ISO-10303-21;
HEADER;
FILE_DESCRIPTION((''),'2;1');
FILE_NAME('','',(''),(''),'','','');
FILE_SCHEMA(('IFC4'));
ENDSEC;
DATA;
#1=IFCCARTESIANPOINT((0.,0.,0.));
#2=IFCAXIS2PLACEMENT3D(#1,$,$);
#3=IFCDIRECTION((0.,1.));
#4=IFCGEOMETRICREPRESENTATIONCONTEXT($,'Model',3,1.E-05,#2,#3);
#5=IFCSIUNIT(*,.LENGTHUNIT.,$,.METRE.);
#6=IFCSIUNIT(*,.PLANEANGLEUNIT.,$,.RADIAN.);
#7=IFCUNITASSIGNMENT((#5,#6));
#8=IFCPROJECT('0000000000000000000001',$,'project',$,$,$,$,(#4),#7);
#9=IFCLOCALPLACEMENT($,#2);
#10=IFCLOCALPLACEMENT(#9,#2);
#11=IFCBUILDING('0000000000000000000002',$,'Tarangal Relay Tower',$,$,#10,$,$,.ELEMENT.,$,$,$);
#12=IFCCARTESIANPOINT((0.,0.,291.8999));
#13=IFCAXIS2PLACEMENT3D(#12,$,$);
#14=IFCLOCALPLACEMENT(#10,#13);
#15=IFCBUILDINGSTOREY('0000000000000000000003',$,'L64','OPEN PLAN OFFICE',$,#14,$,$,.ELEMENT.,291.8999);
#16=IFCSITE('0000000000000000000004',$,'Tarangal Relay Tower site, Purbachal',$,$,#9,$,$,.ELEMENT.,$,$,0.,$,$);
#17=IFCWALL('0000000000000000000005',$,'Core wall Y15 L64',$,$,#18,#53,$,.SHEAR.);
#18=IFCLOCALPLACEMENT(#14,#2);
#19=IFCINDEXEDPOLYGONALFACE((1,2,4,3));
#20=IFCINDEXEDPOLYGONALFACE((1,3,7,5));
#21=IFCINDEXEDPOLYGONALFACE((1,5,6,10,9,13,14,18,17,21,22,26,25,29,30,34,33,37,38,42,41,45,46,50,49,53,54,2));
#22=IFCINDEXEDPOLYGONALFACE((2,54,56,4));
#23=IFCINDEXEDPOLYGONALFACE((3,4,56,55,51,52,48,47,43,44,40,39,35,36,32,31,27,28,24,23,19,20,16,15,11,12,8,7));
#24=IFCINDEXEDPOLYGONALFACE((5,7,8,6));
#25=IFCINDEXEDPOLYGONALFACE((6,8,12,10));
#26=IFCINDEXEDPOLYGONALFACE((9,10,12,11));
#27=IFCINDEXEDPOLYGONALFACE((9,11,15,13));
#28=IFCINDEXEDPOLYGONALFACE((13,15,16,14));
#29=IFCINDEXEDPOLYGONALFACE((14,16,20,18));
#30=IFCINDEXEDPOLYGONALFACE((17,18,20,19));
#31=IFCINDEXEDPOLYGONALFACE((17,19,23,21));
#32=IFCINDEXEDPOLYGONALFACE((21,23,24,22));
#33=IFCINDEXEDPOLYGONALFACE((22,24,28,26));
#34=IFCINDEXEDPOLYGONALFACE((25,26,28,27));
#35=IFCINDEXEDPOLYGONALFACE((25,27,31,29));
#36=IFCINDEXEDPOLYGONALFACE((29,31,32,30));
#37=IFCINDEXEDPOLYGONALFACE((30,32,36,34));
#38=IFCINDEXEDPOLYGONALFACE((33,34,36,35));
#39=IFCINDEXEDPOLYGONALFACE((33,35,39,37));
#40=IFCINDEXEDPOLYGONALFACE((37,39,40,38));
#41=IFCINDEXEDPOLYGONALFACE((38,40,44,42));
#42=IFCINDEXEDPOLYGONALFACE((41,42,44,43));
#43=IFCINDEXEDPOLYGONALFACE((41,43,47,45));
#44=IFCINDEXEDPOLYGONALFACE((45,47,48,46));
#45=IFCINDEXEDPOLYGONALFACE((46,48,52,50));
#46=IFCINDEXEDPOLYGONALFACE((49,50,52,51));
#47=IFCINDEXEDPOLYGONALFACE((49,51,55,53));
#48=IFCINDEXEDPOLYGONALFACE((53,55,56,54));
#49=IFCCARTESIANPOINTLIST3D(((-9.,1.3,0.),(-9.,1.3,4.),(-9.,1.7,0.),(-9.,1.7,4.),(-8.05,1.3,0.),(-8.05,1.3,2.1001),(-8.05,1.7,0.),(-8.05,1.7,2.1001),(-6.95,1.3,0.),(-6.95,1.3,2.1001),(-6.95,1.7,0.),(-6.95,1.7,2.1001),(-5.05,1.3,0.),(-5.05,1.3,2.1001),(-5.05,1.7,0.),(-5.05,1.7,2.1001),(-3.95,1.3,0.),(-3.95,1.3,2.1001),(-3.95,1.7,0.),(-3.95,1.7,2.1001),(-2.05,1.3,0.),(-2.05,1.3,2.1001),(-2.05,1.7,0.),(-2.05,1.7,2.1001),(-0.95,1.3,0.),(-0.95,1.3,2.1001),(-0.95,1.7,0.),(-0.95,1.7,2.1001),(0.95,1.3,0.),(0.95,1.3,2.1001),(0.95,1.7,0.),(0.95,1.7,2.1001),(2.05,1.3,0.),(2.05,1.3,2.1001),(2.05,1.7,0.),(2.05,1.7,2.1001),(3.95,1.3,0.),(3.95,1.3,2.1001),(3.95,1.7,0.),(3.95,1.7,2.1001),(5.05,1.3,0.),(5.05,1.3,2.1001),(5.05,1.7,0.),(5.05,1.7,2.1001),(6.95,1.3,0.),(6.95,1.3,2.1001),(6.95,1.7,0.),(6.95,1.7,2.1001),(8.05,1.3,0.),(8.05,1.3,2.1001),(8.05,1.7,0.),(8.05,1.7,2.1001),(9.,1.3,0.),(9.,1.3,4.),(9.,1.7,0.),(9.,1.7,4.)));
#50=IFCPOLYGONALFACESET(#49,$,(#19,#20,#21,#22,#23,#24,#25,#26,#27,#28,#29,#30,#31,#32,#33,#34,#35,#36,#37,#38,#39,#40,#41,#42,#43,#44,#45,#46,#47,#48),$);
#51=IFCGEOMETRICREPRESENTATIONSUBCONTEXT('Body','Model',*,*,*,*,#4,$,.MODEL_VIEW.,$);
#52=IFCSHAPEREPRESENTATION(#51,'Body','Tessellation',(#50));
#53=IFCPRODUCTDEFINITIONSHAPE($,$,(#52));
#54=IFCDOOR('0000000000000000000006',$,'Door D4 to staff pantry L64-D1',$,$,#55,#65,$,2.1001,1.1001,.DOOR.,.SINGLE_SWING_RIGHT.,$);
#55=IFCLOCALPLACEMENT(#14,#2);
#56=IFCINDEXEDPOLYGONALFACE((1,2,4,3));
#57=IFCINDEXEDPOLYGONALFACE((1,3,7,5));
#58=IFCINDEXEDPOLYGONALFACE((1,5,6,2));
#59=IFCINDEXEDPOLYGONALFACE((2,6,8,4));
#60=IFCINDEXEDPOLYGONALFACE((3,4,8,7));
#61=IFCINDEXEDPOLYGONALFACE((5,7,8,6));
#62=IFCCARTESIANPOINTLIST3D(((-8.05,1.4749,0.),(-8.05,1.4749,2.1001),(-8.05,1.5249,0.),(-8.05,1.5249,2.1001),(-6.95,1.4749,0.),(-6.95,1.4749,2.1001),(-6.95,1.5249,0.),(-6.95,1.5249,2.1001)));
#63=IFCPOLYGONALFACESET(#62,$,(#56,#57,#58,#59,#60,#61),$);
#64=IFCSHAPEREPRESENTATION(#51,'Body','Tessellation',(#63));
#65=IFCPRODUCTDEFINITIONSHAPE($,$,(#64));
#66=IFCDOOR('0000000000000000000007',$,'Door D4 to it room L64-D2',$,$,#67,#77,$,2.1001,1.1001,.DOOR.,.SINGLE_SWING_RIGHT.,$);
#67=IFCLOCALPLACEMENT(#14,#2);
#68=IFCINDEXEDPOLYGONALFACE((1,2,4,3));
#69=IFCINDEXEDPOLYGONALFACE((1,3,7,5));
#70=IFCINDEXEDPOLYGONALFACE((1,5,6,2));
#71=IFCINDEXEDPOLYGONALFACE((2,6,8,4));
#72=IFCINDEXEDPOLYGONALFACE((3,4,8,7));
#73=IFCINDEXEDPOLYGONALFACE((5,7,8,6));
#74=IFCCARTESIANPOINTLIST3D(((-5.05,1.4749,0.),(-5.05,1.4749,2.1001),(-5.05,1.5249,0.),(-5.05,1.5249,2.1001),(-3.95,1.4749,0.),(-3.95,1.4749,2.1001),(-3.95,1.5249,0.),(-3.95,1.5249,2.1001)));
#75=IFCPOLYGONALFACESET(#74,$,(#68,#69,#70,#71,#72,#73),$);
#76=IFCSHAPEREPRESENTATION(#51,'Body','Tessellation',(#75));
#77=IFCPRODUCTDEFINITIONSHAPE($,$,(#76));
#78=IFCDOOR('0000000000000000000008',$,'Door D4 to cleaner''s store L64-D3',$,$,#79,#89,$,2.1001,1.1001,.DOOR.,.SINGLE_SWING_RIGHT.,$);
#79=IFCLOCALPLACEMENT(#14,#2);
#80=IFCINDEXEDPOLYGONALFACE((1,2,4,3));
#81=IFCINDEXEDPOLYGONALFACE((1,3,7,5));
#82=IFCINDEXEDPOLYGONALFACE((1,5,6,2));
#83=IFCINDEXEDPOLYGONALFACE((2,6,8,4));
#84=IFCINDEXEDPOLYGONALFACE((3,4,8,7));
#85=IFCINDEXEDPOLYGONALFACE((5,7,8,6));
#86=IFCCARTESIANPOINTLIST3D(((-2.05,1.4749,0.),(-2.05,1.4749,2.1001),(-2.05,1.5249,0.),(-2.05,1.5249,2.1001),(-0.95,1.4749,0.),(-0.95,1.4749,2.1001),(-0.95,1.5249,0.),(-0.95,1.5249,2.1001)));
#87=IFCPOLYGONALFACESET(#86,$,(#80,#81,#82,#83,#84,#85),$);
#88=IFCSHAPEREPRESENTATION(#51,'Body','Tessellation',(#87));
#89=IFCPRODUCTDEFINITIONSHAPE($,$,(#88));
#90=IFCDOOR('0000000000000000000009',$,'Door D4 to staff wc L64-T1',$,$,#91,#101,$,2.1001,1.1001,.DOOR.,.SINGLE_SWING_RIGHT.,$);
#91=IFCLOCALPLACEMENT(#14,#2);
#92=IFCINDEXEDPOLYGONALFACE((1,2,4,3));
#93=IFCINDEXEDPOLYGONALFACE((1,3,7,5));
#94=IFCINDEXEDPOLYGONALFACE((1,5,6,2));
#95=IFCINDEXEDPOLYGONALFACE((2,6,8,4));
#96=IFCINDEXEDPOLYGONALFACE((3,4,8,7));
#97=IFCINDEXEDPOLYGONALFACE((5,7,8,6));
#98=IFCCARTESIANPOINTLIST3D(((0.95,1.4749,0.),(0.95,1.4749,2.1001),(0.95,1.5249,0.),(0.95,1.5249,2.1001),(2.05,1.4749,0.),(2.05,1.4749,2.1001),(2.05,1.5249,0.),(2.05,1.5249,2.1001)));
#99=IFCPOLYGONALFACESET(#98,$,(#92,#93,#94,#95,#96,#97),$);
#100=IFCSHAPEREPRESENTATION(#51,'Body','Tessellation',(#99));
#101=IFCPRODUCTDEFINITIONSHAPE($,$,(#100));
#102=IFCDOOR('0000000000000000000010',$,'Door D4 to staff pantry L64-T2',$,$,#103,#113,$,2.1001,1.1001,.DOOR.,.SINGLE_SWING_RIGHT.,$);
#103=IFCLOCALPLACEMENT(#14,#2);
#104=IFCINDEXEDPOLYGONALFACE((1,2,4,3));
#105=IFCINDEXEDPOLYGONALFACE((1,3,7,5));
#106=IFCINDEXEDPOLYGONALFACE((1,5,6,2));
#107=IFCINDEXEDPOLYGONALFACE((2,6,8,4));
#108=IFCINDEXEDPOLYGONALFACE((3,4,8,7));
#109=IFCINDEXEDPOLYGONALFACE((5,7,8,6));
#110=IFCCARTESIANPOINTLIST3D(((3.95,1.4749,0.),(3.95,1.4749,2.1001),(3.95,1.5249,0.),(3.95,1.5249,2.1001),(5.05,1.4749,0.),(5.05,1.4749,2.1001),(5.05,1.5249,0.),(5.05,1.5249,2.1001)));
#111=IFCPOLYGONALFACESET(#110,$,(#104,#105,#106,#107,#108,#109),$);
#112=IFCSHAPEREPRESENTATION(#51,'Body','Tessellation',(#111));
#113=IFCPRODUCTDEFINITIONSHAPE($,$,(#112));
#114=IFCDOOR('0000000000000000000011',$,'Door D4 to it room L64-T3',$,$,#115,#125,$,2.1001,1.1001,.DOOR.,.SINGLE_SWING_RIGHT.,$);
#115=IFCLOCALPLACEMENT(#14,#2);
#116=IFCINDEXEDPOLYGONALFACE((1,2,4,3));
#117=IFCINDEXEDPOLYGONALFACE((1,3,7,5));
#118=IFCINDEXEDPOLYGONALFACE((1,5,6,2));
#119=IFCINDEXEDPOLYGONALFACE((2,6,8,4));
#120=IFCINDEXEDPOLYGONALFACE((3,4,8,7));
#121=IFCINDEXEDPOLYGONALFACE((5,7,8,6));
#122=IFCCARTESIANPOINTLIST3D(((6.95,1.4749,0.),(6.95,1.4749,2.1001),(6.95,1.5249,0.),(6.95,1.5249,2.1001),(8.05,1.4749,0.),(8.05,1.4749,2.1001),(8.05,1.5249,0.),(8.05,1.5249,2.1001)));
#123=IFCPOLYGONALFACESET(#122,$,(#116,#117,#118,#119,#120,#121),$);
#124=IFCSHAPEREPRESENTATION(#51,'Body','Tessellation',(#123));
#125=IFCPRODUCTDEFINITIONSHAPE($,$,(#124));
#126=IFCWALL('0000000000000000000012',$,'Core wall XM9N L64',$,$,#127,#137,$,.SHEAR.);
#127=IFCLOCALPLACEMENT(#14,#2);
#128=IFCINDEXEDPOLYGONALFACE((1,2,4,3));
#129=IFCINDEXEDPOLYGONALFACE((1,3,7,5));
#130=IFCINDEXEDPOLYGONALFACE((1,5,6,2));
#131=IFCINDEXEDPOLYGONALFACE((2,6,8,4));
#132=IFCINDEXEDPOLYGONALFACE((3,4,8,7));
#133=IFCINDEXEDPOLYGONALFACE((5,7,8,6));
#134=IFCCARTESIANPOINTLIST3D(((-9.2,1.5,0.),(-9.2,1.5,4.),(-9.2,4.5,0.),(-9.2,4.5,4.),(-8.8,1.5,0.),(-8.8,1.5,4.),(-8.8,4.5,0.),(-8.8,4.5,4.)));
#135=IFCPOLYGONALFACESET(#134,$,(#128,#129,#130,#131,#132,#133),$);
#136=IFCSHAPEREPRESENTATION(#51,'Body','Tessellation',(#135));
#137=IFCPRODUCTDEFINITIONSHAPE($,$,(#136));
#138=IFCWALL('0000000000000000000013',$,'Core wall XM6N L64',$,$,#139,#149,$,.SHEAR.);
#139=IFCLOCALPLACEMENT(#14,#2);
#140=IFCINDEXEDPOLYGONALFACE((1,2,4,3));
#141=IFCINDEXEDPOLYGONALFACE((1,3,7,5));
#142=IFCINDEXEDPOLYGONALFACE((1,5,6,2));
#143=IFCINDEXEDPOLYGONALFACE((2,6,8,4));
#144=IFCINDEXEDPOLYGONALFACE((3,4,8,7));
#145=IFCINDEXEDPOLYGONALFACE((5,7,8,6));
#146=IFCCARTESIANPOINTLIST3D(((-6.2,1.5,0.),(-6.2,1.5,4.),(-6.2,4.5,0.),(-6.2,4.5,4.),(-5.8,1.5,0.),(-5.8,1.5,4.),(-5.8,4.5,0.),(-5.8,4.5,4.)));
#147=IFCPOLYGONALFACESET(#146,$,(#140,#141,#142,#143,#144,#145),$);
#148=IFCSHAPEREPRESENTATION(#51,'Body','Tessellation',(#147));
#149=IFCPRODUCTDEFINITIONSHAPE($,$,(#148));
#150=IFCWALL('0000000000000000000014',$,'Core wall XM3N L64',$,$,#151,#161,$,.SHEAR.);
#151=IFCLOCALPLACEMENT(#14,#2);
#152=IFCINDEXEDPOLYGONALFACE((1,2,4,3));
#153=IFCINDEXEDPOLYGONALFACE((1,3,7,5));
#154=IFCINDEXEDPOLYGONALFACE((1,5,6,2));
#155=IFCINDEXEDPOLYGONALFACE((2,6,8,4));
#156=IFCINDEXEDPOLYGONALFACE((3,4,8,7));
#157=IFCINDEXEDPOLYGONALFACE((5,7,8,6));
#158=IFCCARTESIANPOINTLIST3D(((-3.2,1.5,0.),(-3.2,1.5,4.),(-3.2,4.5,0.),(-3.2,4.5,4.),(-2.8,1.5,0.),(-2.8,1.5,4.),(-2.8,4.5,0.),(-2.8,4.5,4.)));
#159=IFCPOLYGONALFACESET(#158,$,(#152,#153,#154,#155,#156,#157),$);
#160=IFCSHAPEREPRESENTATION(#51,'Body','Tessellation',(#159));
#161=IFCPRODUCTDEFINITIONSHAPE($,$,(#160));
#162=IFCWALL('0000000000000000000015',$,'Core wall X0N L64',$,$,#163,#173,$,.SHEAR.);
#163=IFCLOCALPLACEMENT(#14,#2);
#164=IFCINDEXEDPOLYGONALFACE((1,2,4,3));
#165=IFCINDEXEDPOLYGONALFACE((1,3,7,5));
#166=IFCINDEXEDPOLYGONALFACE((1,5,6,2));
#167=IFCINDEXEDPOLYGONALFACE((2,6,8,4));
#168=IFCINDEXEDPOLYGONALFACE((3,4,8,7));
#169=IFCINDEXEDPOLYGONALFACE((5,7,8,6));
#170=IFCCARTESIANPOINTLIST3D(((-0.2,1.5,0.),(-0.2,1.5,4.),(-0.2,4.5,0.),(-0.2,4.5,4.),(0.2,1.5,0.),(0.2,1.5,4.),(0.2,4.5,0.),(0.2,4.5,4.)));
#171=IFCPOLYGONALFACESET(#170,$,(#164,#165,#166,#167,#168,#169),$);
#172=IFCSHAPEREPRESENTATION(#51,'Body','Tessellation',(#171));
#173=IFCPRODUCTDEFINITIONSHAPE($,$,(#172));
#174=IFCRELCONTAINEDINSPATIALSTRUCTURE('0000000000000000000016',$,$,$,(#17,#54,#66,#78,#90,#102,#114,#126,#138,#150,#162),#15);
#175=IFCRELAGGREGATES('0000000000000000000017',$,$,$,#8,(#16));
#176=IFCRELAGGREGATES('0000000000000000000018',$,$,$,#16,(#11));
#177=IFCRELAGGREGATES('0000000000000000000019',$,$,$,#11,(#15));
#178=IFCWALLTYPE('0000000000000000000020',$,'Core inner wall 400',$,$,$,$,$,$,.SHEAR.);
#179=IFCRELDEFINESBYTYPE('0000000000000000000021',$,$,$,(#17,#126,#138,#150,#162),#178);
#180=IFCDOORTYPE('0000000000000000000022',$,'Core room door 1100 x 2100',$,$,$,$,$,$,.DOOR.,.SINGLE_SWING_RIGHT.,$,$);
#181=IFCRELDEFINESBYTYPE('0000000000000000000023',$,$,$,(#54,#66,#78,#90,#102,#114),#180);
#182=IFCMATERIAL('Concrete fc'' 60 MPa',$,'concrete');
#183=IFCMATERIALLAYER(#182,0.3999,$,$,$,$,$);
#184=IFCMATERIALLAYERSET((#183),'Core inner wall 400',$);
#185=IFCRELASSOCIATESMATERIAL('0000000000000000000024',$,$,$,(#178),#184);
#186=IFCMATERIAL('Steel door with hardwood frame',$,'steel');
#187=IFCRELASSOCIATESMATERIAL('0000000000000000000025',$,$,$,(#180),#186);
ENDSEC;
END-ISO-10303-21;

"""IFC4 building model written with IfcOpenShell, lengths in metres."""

from ifc_helpers import new_model, si_unit, direction, frame, frame_2d, origin, place, context, subcontext, project, spatial, rectangle, extrude, material, layer, layer_set, type_object, element, fill, save


model = new_model("IFC4")

# Units and contexts
model_context = context("Model", 3, precision=1e-05, world=origin(), true_north=direction((0.0, 1.0)))
body_context = subcontext(model_context, "Body", "Model", "MODEL_VIEW")
ifc_project = project(units=[si_unit("LENGTHUNIT", "METRE"), si_unit("PLANEANGLEUNIT", "RADIAN")], contexts=[model_context])

# Site, building, storey
site_placement = place(None, origin())
site = spatial("IfcSite", under=ifc_project, at=site_placement, Name="Tarangal Relay Tower site, Purbachal", CompositionType="ELEMENT", RefElevation=0.0)
building_placement = place(site_placement, origin())
building = spatial("IfcBuilding", under=site, at=building_placement, Name="Tarangal Relay Tower", CompositionType="ELEMENT")
storey_placement = place(building_placement, frame((0.0, 0.0, 291.8999)))
storey = spatial("IfcBuildingStorey", under=building, at=storey_placement, Name="L64", Description="OPEN PLAN OFFICE", CompositionType="ELEMENT", Elevation=291.8999)

# Wall, openings, doors
ifc_material_1 = material(Name="Concrete fc' 60 MPa", Category="concrete")
ifc_layer_1 = layer(ifc_material_1, 0.3999)
ifc_layer_set_1 = layer_set([ifc_layer_1], Name="Core inner wall 400")
wall_type_1 = type_object("IfcWallType", Name="Core inner wall 400", PredefinedType="SHEAR", material=ifc_layer_set_1)
wall_1_placement = place(storey_placement, frame((-9.0, 1.5, 0.0), z_axis=(0.0, 0.0, 1.0), x_axis=(1.0, 0.0, 0.0)))
wall_1 = element("IfcWall", 1, at=wall_1_placement, inside=storey, type_object=wall_type_1, Name="Core wall Y15 L64", PredefinedType="SHEAR", context=body_context, shape_type="SweptSolid", body=[
    extrude(rectangle(XDim=18.0, YDim=0.3999, at=frame_2d((9.0, 0.0))), origin(), (0.0, 0.0, 1.0), 4.0),
])
opening_1_placement = place(wall_1_placement, frame((0.95, 0.0, 0.0)))
opening_1 = element("IfcOpeningElement", 2, at=opening_1_placement, cuts=wall_1, PredefinedType="OPENING", context=body_context, shape_type="SweptSolid", body=[
    extrude(rectangle(XDim=1.1001, YDim=2.1001, at=frame_2d((0.55, 1.05))), frame((0.0, 0.21, 0.0), z_axis=(0.0, -1.0, 0.0), x_axis=(1.0, 0.0, 0.0)), (0.0, 0.0, 1.0), 0.4199),
])
opening_2_placement = place(wall_1_placement, frame((3.95, 0.0, 0.0)))
opening_2 = element("IfcOpeningElement", 3, at=opening_2_placement, cuts=wall_1, PredefinedType="OPENING", context=body_context, shape_type="SweptSolid", body=[
    extrude(rectangle(XDim=1.1001, YDim=2.1001, at=frame_2d((0.55, 1.05))), frame((0.0, 0.21, 0.0), z_axis=(0.0, -1.0, 0.0), x_axis=(1.0, 0.0, 0.0)), (0.0, 0.0, 1.0), 0.4199),
])
opening_3_placement = place(wall_1_placement, frame((6.95, 0.0, 0.0)))
opening_3 = element("IfcOpeningElement", 4, at=opening_3_placement, cuts=wall_1, PredefinedType="OPENING", context=body_context, shape_type="SweptSolid", body=[
    extrude(rectangle(XDim=1.1001, YDim=2.1001, at=frame_2d((0.55, 1.05))), frame((0.0, 0.21, 0.0), z_axis=(0.0, -1.0, 0.0), x_axis=(1.0, 0.0, 0.0)), (0.0, 0.0, 1.0), 0.4199),
])
opening_4_placement = place(wall_1_placement, frame((9.95, 0.0, 0.0)))
opening_4 = element("IfcOpeningElement", 5, at=opening_4_placement, cuts=wall_1, PredefinedType="OPENING", context=body_context, shape_type="SweptSolid", body=[
    extrude(rectangle(XDim=1.1001, YDim=2.1001, at=frame_2d((0.55, 1.05))), frame((0.0, 0.21, 0.0), z_axis=(0.0, -1.0, 0.0), x_axis=(1.0, 0.0, 0.0)), (0.0, 0.0, 1.0), 0.4199),
])
opening_5_placement = place(wall_1_placement, frame((12.95, 0.0, 0.0)))
opening_5 = element("IfcOpeningElement", 6, at=opening_5_placement, cuts=wall_1, PredefinedType="OPENING", context=body_context, shape_type="SweptSolid", body=[
    extrude(rectangle(XDim=1.1001, YDim=2.1001, at=frame_2d((0.55, 1.05))), frame((0.0, 0.21, 0.0), z_axis=(0.0, -1.0, 0.0), x_axis=(1.0, 0.0, 0.0)), (0.0, 0.0, 1.0), 0.4199),
])
opening_6_placement = place(wall_1_placement, frame((15.95, 0.0, 0.0)))
opening_6 = element("IfcOpeningElement", 7, at=opening_6_placement, cuts=wall_1, PredefinedType="OPENING", context=body_context, shape_type="SweptSolid", body=[
    extrude(rectangle(XDim=1.1001, YDim=2.1001, at=frame_2d((0.55, 1.05))), frame((0.0, 0.21, 0.0), z_axis=(0.0, -1.0, 0.0), x_axis=(1.0, 0.0, 0.0)), (0.0, 0.0, 1.0), 0.4199),
])
ifc_material_2 = material(Name="Steel door with hardwood frame", Category="steel")
door_type_1 = type_object("IfcDoorType", Name="Core room door 1100 x 2100", OperationType="SINGLE_SWING_RIGHT", PredefinedType="DOOR", material=ifc_material_2)
door_1_placement = place(opening_1_placement, origin())
door_1 = element("IfcDoor", 8, at=door_1_placement, inside=storey, type_object=door_type_1, Name="Door D4 to staff pantry L64-D1", OperationType="SINGLE_SWING_RIGHT", OverallHeight=2.1001, OverallWidth=1.1001, PredefinedType="DOOR", context=body_context, shape_type="SweptSolid", body=[
    extrude(rectangle(XDim=1.1001, YDim=2.1001, at=frame_2d((0.55, 1.05))), frame((0.0, 0.0249, 0.0), z_axis=(0.0, -1.0, 0.0), x_axis=(1.0, 0.0, 0.0)), (0.0, 0.0, 1.0), 0.05),
])
fill(opening_1, door_1)
door_2_placement = place(opening_2_placement, origin())
door_2 = element("IfcDoor", 9, at=door_2_placement, inside=storey, type_object=door_type_1, Name="Door D4 to it room L64-D2", OperationType="SINGLE_SWING_RIGHT", OverallHeight=2.1001, OverallWidth=1.1001, PredefinedType="DOOR", context=body_context, shape_type="SweptSolid", body=[
    extrude(rectangle(XDim=1.1001, YDim=2.1001, at=frame_2d((0.55, 1.05))), frame((0.0, 0.0249, 0.0), z_axis=(0.0, -1.0, 0.0), x_axis=(1.0, 0.0, 0.0)), (0.0, 0.0, 1.0), 0.05),
])
fill(opening_2, door_2)
door_3_placement = place(opening_3_placement, origin())
door_3 = element("IfcDoor", 10, at=door_3_placement, inside=storey, type_object=door_type_1, Name="Door D4 to cleaner's store L64-D3", OperationType="SINGLE_SWING_RIGHT", OverallHeight=2.1001, OverallWidth=1.1001, PredefinedType="DOOR", context=body_context, shape_type="SweptSolid", body=[
    extrude(rectangle(XDim=1.1001, YDim=2.1001, at=frame_2d((0.55, 1.05))), frame((0.0, 0.0249, 0.0), z_axis=(0.0, -1.0, 0.0), x_axis=(1.0, 0.0, 0.0)), (0.0, 0.0, 1.0), 0.05),
])
fill(opening_3, door_3)
door_4_placement = place(opening_4_placement, origin())
door_4 = element("IfcDoor", 11, at=door_4_placement, inside=storey, type_object=door_type_1, Name="Door D4 to staff wc L64-T1", OperationType="SINGLE_SWING_RIGHT", OverallHeight=2.1001, OverallWidth=1.1001, PredefinedType="DOOR", context=body_context, shape_type="SweptSolid", body=[
    extrude(rectangle(XDim=1.1001, YDim=2.1001, at=frame_2d((0.55, 1.05))), frame((0.0, 0.0249, 0.0), z_axis=(0.0, -1.0, 0.0), x_axis=(1.0, 0.0, 0.0)), (0.0, 0.0, 1.0), 0.05),
])
fill(opening_4, door_4)
door_5_placement = place(opening_5_placement, origin())
door_5 = element("IfcDoor", 12, at=door_5_placement, inside=storey, type_object=door_type_1, Name="Door D4 to staff pantry L64-T2", OperationType="SINGLE_SWING_RIGHT", OverallHeight=2.1001, OverallWidth=1.1001, PredefinedType="DOOR", context=body_context, shape_type="SweptSolid", body=[
    extrude(rectangle(XDim=1.1001, YDim=2.1001, at=frame_2d((0.55, 1.05))), frame((0.0, 0.0249, 0.0), z_axis=(0.0, -1.0, 0.0), x_axis=(1.0, 0.0, 0.0)), (0.0, 0.0, 1.0), 0.05),
])
fill(opening_5, door_5)
door_6_placement = place(opening_6_placement, origin())
door_6 = element("IfcDoor", 13, at=door_6_placement, inside=storey, type_object=door_type_1, Name="Door D4 to it room L64-T3", OperationType="SINGLE_SWING_RIGHT", OverallHeight=2.1001, OverallWidth=1.1001, PredefinedType="DOOR", context=body_context, shape_type="SweptSolid", body=[
    extrude(rectangle(XDim=1.1001, YDim=2.1001, at=frame_2d((0.55, 1.05))), frame((0.0, 0.0249, 0.0), z_axis=(0.0, -1.0, 0.0), x_axis=(1.0, 0.0, 0.0)), (0.0, 0.0, 1.0), 0.05),
])
fill(opening_6, door_6)

# Walls
for number, where, z_axis, x_axis, name in (
    (14, (-9.0, 1.5, 0.0), (0.0, 0.0, 1.0), (0.0, 1.0, 0.0), "Core wall XM9N L64"),
    (15, (-6.0, 1.5, 0.0), (0.0, 0.0, 1.0), (0.0, 1.0, 0.0), "Core wall XM6N L64"),
    (16, (-3.0, 1.5, 0.0), (0.0, 0.0, 1.0), (0.0, 1.0, 0.0), "Core wall XM3N L64"),
    (17, (0.0, 1.5, 0.0), (0.0, 0.0, 1.0), (0.0, 1.0, 0.0), "Core wall X0N L64"),
):
    element("IfcWall", number, at=place(storey_placement, frame(where, z_axis=z_axis, x_axis=x_axis)), inside=storey, type_object=wall_type_1, Name=name, PredefinedType="SHEAR", context=body_context, shape_type="SweptSolid", body=[
        extrude(rectangle(XDim=3.0, YDim=0.3999, at=frame_2d((1.5, 0.0))), origin(), (0.0, 0.0, 1.0), 4.0),
    ])

save(model, "model.ifc")
